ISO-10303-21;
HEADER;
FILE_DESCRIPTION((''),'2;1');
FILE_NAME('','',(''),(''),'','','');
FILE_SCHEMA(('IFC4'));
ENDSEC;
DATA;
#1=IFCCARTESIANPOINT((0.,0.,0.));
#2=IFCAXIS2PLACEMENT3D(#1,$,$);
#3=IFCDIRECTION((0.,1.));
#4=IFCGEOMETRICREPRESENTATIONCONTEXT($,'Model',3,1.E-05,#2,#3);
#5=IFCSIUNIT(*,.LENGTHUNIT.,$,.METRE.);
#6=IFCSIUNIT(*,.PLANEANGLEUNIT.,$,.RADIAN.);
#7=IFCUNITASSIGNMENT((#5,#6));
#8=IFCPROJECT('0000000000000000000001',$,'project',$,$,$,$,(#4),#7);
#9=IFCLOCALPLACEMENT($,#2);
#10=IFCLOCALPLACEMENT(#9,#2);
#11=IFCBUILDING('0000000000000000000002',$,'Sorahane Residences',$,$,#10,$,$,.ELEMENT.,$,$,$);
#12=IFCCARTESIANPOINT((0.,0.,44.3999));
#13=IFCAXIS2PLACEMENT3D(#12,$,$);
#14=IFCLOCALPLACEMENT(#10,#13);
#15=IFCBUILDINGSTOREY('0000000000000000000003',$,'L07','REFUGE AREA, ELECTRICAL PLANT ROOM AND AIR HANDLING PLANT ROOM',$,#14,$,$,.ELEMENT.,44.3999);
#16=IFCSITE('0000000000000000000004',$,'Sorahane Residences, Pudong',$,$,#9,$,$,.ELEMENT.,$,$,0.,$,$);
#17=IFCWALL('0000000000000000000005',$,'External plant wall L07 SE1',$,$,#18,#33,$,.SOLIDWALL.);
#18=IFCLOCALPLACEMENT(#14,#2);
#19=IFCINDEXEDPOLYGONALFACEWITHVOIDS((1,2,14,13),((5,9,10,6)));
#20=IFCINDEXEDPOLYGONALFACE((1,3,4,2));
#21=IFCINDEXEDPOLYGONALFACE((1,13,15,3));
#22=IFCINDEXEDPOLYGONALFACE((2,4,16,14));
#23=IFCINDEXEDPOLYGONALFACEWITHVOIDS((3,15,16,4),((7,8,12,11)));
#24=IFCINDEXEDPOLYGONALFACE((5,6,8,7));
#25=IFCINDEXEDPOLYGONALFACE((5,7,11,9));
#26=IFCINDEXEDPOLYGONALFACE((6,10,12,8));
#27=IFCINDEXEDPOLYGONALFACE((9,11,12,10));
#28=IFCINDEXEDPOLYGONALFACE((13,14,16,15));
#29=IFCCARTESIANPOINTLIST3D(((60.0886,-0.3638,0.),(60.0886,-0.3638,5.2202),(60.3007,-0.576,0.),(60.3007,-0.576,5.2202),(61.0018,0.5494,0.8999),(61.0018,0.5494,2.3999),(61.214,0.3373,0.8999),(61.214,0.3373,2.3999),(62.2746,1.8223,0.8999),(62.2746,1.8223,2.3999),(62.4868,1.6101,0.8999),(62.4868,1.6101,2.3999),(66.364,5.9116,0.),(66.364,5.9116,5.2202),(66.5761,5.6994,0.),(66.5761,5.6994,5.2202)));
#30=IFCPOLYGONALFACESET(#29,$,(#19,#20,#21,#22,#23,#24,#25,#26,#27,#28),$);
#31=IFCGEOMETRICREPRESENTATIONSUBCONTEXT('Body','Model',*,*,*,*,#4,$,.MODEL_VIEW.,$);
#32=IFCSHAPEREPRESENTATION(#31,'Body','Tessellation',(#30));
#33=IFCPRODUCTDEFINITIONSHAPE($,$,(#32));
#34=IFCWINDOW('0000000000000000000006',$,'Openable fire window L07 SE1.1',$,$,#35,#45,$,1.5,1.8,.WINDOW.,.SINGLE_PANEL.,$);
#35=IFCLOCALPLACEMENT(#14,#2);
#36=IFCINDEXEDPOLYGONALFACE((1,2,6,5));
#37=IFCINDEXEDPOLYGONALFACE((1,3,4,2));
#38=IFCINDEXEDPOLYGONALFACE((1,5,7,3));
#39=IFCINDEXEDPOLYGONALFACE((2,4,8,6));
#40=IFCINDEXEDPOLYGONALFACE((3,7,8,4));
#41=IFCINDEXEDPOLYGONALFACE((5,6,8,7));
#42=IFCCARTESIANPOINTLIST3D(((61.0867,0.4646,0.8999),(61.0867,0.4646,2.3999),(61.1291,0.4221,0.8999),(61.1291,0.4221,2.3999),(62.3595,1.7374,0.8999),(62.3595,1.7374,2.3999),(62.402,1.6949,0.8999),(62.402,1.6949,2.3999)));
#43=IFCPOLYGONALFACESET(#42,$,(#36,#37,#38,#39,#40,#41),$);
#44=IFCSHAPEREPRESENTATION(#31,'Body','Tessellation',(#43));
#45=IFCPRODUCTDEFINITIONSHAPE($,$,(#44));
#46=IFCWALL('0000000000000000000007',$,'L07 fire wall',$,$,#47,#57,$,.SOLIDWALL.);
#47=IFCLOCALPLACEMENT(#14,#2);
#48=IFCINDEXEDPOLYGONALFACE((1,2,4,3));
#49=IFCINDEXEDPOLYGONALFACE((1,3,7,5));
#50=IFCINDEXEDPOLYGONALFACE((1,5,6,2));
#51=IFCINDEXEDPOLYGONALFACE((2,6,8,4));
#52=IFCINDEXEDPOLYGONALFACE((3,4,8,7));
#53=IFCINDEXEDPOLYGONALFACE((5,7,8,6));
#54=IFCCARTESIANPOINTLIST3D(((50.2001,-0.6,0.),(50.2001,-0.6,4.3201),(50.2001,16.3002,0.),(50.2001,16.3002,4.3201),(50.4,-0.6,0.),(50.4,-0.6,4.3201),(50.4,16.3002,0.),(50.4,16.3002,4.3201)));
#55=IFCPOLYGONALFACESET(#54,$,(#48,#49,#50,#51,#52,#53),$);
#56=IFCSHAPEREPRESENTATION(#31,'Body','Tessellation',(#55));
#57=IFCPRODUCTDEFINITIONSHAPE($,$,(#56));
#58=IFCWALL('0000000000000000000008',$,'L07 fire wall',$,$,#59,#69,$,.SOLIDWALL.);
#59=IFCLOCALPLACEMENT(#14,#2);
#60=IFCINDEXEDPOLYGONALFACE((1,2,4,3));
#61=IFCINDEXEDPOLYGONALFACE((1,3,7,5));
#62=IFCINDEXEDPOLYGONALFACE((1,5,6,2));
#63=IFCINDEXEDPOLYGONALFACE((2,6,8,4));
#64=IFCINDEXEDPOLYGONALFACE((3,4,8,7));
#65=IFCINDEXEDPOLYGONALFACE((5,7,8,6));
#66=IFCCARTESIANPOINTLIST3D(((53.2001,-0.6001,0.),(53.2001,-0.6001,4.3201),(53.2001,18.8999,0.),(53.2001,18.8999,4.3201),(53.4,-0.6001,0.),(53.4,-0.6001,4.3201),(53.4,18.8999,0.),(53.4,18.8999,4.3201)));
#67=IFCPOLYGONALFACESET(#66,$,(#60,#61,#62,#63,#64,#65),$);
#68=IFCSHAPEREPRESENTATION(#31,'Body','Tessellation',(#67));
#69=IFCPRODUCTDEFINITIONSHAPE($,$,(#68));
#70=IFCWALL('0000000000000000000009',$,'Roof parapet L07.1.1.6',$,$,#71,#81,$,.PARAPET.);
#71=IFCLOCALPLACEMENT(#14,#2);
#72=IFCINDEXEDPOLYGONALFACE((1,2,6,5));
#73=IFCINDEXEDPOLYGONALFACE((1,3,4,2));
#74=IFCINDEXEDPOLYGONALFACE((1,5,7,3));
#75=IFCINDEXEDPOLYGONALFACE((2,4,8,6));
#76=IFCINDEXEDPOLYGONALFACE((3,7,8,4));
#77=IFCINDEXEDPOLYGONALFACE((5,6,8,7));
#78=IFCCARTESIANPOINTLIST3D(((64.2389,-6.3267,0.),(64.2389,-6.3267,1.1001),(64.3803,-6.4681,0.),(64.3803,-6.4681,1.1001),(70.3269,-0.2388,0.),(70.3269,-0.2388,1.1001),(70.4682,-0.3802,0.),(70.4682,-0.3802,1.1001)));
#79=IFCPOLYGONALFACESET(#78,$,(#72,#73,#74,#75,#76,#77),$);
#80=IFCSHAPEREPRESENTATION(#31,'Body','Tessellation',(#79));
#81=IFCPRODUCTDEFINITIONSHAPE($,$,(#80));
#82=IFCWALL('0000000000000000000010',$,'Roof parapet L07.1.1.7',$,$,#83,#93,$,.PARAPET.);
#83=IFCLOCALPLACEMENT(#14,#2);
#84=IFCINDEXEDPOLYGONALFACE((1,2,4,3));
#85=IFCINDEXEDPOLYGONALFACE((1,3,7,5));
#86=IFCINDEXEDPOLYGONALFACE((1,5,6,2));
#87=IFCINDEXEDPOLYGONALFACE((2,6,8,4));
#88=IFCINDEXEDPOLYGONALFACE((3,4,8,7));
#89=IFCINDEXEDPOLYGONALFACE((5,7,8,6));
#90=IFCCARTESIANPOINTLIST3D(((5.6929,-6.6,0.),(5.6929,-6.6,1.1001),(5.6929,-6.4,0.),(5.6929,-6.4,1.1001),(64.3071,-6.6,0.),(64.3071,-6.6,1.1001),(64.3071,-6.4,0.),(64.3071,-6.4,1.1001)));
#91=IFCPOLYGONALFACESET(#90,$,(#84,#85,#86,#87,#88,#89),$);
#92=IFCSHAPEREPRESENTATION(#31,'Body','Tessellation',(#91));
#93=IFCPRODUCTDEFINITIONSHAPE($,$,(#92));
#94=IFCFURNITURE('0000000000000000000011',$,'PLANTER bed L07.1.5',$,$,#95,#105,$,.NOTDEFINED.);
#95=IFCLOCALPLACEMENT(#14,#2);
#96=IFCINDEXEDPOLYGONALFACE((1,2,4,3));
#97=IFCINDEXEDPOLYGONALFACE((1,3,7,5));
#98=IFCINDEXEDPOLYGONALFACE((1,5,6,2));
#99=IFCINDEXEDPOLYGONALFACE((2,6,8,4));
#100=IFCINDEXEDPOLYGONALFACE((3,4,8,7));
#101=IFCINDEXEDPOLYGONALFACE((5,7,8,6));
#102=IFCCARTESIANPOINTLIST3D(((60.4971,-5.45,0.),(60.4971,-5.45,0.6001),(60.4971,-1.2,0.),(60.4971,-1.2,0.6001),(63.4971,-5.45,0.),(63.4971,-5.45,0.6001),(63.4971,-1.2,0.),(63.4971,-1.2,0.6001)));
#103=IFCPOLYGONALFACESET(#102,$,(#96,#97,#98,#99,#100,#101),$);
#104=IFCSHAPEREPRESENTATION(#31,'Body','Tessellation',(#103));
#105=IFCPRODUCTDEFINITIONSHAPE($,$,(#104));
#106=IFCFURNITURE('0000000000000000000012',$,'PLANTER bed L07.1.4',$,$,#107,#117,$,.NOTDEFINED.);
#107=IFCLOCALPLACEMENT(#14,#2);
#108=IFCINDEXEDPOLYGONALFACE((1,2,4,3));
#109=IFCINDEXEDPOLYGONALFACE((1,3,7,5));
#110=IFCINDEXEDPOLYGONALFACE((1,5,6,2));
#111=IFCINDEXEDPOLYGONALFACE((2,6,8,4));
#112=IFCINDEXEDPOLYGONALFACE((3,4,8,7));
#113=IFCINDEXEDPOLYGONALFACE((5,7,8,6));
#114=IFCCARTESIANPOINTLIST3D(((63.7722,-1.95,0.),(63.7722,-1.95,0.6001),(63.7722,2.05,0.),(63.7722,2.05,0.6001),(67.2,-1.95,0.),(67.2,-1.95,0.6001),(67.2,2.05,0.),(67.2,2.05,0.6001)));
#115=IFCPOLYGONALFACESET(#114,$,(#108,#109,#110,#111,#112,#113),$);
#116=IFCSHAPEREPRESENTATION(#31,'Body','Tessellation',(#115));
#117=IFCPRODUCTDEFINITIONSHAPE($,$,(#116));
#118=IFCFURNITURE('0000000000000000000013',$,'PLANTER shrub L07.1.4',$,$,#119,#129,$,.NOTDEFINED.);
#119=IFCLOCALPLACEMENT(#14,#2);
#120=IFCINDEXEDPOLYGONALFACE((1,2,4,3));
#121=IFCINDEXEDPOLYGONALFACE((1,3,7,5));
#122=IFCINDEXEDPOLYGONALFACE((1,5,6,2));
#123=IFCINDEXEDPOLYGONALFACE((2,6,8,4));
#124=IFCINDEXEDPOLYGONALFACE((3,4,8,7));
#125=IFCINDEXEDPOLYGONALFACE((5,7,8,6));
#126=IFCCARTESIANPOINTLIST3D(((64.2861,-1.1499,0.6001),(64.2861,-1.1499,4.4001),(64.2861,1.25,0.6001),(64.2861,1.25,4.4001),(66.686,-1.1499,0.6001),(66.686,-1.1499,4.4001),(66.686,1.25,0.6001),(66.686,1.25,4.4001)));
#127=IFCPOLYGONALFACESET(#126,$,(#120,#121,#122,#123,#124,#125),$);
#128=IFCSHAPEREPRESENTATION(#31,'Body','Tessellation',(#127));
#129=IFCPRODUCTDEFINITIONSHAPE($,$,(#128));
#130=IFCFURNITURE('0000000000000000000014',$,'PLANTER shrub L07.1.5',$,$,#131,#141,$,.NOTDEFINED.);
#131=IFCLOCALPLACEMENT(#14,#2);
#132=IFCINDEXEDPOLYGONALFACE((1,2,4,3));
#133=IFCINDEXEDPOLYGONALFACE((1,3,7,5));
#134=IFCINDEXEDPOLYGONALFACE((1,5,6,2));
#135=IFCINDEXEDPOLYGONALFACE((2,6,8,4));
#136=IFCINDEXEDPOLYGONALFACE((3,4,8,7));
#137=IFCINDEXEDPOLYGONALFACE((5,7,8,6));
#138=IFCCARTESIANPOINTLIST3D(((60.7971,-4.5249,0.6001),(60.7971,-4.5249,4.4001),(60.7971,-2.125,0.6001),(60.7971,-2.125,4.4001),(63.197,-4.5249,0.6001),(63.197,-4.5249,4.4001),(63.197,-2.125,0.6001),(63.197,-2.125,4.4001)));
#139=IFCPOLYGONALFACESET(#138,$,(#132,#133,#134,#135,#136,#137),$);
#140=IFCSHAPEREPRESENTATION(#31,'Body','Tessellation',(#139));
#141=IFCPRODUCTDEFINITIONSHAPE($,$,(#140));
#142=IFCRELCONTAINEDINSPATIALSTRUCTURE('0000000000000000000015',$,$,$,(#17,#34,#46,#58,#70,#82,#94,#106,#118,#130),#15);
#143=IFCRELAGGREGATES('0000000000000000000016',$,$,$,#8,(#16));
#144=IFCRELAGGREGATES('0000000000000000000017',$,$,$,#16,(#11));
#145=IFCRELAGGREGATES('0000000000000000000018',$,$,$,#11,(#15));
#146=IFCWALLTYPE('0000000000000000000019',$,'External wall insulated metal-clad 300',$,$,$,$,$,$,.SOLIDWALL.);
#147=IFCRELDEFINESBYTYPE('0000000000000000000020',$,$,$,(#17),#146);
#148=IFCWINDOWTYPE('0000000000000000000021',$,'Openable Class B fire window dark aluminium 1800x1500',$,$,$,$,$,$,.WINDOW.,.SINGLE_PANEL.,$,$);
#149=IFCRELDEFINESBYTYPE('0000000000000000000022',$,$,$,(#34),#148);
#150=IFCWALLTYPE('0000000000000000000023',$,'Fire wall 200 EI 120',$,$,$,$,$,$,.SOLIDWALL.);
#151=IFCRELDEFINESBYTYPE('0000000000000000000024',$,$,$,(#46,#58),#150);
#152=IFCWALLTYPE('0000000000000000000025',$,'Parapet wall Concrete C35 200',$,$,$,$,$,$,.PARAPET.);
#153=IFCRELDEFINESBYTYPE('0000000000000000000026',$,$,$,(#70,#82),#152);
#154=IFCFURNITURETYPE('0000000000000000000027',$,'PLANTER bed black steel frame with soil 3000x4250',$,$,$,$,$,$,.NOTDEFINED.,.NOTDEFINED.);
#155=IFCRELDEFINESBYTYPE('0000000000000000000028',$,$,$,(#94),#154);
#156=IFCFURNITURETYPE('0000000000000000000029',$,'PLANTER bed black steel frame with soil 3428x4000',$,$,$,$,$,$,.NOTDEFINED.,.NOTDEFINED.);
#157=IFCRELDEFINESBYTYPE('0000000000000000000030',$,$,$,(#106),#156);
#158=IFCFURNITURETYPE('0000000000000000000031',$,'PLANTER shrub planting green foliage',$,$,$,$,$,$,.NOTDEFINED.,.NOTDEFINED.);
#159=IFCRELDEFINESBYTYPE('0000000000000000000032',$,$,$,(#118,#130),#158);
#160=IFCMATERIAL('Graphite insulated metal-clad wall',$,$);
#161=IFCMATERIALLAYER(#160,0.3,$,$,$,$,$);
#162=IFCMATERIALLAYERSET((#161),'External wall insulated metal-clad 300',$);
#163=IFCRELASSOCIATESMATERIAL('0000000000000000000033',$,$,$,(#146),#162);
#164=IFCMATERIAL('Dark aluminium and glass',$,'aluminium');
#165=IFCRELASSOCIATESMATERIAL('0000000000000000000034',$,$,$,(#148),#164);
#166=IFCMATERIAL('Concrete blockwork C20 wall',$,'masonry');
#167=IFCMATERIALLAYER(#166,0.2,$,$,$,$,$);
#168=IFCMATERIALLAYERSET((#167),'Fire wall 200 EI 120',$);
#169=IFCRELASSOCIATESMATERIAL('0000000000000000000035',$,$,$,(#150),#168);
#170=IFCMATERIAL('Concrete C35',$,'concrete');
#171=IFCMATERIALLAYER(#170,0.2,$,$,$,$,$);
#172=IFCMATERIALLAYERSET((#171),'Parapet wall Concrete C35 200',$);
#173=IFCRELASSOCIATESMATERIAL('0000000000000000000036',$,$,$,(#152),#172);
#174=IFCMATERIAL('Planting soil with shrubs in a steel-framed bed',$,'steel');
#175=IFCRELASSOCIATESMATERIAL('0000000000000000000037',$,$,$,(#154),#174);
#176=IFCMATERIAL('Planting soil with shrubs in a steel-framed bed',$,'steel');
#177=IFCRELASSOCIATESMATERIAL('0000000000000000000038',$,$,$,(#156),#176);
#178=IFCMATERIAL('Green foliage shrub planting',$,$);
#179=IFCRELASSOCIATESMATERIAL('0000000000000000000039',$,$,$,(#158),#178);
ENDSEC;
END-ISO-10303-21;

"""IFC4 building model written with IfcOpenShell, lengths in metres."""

from ifc_helpers import new_model, si_unit, direction, frame, frame_2d, origin, origin_2d, place, context, subcontext, project, spatial, rectangle, extrude, material, layer, layer_set, type_object, element, fill, save


model = new_model("IFC4")

# Units and contexts
model_context = context("Model", 3, precision=1e-05, world=origin(), true_north=direction((0.0, 1.0)))
body_context = subcontext(model_context, "Body", "Model", "MODEL_VIEW")
ifc_project = project(units=[si_unit("LENGTHUNIT", "METRE"), si_unit("PLANEANGLEUNIT", "RADIAN")], contexts=[model_context])

# Site, building, storey
site_placement = place(None, origin())
site = spatial("IfcSite", under=ifc_project, at=site_placement, Name="Sorahane Residences, Pudong", CompositionType="ELEMENT", RefElevation=0.0)
building_placement = place(site_placement, origin())
building = spatial("IfcBuilding", under=site, at=building_placement, Name="Sorahane Residences", CompositionType="ELEMENT")
storey_placement = place(building_placement, frame((0.0, 0.0, 44.3999)))
storey = spatial("IfcBuildingStorey", under=building, at=storey_placement, Name="L07", Description="REFUGE AREA, ELECTRICAL PLANT ROOM AND AIR HANDLING PLANT ROOM", CompositionType="ELEMENT", Elevation=44.3999)

# Wall, opening, window
ifc_material_1 = material(Name="Graphite insulated metal-clad wall")
ifc_layer_1 = layer(ifc_material_1, 0.3)
ifc_layer_set_1 = layer_set([ifc_layer_1], Name="External wall insulated metal-clad 300")
wall_type_1 = type_object("IfcWallType", Name="External wall insulated metal-clad 300", PredefinedType="SOLIDWALL", material=ifc_layer_set_1)
wall_1_placement = place(storey_placement, frame((60.1946, -0.47, 0.0), z_axis=(0.0, 0.0, 1.0), x_axis=(0.707107, 0.707107, 0.0)))
wall_1 = element("IfcWall", 1, at=wall_1_placement, inside=storey, type_object=wall_type_1, Name="External plant wall L07 SE1", PredefinedType="SOLIDWALL", context=body_context, shape_type="SweptSolid", body=[
    extrude(rectangle(XDim=8.8748, YDim=0.3, at=frame_2d((4.4375, 0.0))), origin(), (0.0, 0.0, 1.0), 5.2202),
])
opening_placement = place(wall_1_placement, frame((1.2917, 0.0, 0.8999)))
opening = element("IfcOpeningElement", 2, at=opening_placement, cuts=wall_1, PredefinedType="OPENING", context=body_context, shape_type="SweptSolid", body=[
    extrude(rectangle(XDim=1.8, YDim=1.5, at=frame_2d((0.8999, 0.75))), frame((0.0, 0.1599, 0.0), z_axis=(0.0, -1.0, 0.0), x_axis=(1.0, 0.0, 0.0)), (0.0, 0.0, 1.0), 0.3201),
])
ifc_material_2 = material(Name="Dark aluminium and glass", Category="aluminium")
window_type = type_object("IfcWindowType", Name="Openable Class B fire window dark aluminium 1800x1500", PartitioningType="SINGLE_PANEL", PredefinedType="WINDOW", material=ifc_material_2)
window_placement = place(opening_placement, origin())
window = element("IfcWindow", 3, at=window_placement, inside=storey, type_object=window_type, Name="Openable fire window L07 SE1.1", OverallHeight=1.5, OverallWidth=1.8, PartitioningType="SINGLE_PANEL", PredefinedType="WINDOW", context=body_context, shape_type="SweptSolid", body=[
    extrude(rectangle(XDim=1.8, YDim=1.5, at=frame_2d((0.8999, 0.75))), frame((0.0, 0.03, 0.0), z_axis=(0.0, -1.0, 0.0), x_axis=(1.0, 0.0, 0.0)), (0.0, 0.0, 1.0), 0.0601),
])
fill(opening, window)

# Walls
ifc_material_3 = material(Name="Concrete blockwork C20 wall", Category="masonry")
ifc_layer_2 = layer(ifc_material_3, 0.2)
ifc_layer_set_2 = layer_set([ifc_layer_2], Name="Fire wall 200 EI 120")
wall_type_2 = type_object("IfcWallType", Name="Fire wall 200 EI 120", PredefinedType="SOLIDWALL", material=ifc_layer_set_2)
wall_2_placement = place(storey_placement, frame((50.3, -0.6001, 0.0), z_axis=(0.0, 0.0, 1.0), x_axis=(0.0, 1.0, 0.0)))
element("IfcWall", 4, at=wall_2_placement, inside=storey, type_object=wall_type_2, Name="L07 fire wall", PredefinedType="SOLIDWALL", context=body_context, shape_type="SweptSolid", body=[
    extrude(rectangle(XDim=16.9001, YDim=0.2, at=frame_2d((8.4502, 0.0))), origin(), (0.0, 0.0, 1.0), 4.3201),
])
wall_3_placement = place(storey_placement, frame((53.3, -0.6001, 0.0), z_axis=(0.0, 0.0, 1.0), x_axis=(0.0, 1.0, 0.0)))
element("IfcWall", 5, at=wall_3_placement, inside=storey, type_object=wall_type_2, Name="L07 fire wall", PredefinedType="SOLIDWALL", context=body_context, shape_type="SweptSolid", body=[
    extrude(rectangle(XDim=19.5, YDim=0.2, at=frame_2d((9.75, 0.0))), origin(), (0.0, 0.0, 1.0), 4.3201),
])
ifc_material_4 = material(Name="Concrete C35", Category="concrete")
ifc_layer_3 = layer(ifc_material_4, 0.2)
ifc_layer_set_3 = layer_set([ifc_layer_3], Name="Parapet wall Concrete C35 200")
wall_type_3 = type_object("IfcWallType", Name="Parapet wall Concrete C35 200", PredefinedType="PARAPET", material=ifc_layer_set_3)
wall_4_placement = place(storey_placement, frame((70.3975, -0.3096, 0.0), z_axis=(0.0, 0.0, 1.0), x_axis=(-0.707107, -0.707107, 0.0)))
element("IfcWall", 6, at=wall_4_placement, inside=storey, type_object=wall_type_3, Name="Roof parapet L07.1.1.6", PredefinedType="PARAPET", context=body_context, shape_type="SweptSolid", body=[
    extrude(rectangle(XDim=8.6096, YDim=0.2, at=frame_2d((4.3047, 0.0))), origin(), (0.0, 0.0, 1.0), 1.1001),
])
wall_5_placement = place(storey_placement, frame((64.3071, -6.5, 0.0), z_axis=(0.0, 0.0, 1.0), x_axis=(-1.0, 0.0, 0.0)))
element("IfcWall", 7, at=wall_5_placement, inside=storey, type_object=wall_type_3, Name="Roof parapet L07.1.1.7", PredefinedType="PARAPET", context=body_context, shape_type="SweptSolid", body=[
    extrude(rectangle(XDim=58.6143, YDim=0.2, at=frame_2d((29.3071, 0.0))), origin(), (0.0, 0.0, 1.0), 1.1001),
])

# Furniture
ifc_material_5 = material(Name="Planting soil with shrubs in a steel-framed bed", Category="steel")
furniture_type_1 = type_object("IfcFurnitureType", Name="PLANTER bed black steel frame with soil 3000x4250", AssemblyPlace="NOTDEFINED", PredefinedType="NOTDEFINED", material=ifc_material_5)
furniture_1_placement = place(storey_placement, frame((61.9971, -3.325, 0.0), z_axis=(0.0, 0.0, 1.0), x_axis=(1.0, 0.0, 0.0)))
element("IfcFurniture", 8, at=furniture_1_placement, inside=storey, type_object=furniture_type_1, Name="PLANTER bed L07.1.5", PredefinedType="NOTDEFINED", context=body_context, shape_type="SweptSolid", body=[
    extrude(rectangle(XDim=3.0, YDim=4.25, at=origin_2d()), origin(), (0.0, 0.0, 1.0), 0.6001),
])
ifc_material_6 = material(Name="Planting soil with shrubs in a steel-framed bed", Category="steel")
furniture_type_2 = type_object("IfcFurnitureType", Name="PLANTER bed black steel frame with soil 3428x4000", AssemblyPlace="NOTDEFINED", PredefinedType="NOTDEFINED", material=ifc_material_6)
furniture_2_placement = place(storey_placement, frame((65.4861, 0.05, 0.0), z_axis=(0.0, 0.0, 1.0), x_axis=(1.0, 0.0, 0.0)))
element("IfcFurniture", 9, at=furniture_2_placement, inside=storey, type_object=furniture_type_2, Name="PLANTER bed L07.1.4", PredefinedType="NOTDEFINED", context=body_context, shape_type="SweptSolid", body=[
    extrude(rectangle(XDim=3.4277, YDim=4.0, at=origin_2d()), origin(), (0.0, 0.0, 1.0), 0.6001),
])
ifc_material_7 = material(Name="Green foliage shrub planting")
furniture_type_3 = type_object("IfcFurnitureType", Name="PLANTER shrub planting green foliage", AssemblyPlace="NOTDEFINED", PredefinedType="NOTDEFINED", material=ifc_material_7)
for number, where, z_axis, x_axis, name in (
    (10, (65.4861, 0.05, 0.6001), (0.0, 0.0, 1.0), (1.0, 0.0, 0.0), "PLANTER shrub L07.1.4"),
    (11, (61.9971, -3.325, 0.6001), (0.0, 0.0, 1.0), (1.0, 0.0, 0.0), "PLANTER shrub L07.1.5"),
):
    element("IfcFurniture", number, at=place(storey_placement, frame(where, z_axis=z_axis, x_axis=x_axis)), inside=storey, type_object=furniture_type_3, Name=name, PredefinedType="NOTDEFINED", context=body_context, shape_type="SweptSolid", body=[
        extrude(rectangle(XDim=2.3999, YDim=2.3999, at=origin_2d()), origin(), (0.0, 0.0, 1.0), 3.8),
    ])

save(model, "model.ifc")
